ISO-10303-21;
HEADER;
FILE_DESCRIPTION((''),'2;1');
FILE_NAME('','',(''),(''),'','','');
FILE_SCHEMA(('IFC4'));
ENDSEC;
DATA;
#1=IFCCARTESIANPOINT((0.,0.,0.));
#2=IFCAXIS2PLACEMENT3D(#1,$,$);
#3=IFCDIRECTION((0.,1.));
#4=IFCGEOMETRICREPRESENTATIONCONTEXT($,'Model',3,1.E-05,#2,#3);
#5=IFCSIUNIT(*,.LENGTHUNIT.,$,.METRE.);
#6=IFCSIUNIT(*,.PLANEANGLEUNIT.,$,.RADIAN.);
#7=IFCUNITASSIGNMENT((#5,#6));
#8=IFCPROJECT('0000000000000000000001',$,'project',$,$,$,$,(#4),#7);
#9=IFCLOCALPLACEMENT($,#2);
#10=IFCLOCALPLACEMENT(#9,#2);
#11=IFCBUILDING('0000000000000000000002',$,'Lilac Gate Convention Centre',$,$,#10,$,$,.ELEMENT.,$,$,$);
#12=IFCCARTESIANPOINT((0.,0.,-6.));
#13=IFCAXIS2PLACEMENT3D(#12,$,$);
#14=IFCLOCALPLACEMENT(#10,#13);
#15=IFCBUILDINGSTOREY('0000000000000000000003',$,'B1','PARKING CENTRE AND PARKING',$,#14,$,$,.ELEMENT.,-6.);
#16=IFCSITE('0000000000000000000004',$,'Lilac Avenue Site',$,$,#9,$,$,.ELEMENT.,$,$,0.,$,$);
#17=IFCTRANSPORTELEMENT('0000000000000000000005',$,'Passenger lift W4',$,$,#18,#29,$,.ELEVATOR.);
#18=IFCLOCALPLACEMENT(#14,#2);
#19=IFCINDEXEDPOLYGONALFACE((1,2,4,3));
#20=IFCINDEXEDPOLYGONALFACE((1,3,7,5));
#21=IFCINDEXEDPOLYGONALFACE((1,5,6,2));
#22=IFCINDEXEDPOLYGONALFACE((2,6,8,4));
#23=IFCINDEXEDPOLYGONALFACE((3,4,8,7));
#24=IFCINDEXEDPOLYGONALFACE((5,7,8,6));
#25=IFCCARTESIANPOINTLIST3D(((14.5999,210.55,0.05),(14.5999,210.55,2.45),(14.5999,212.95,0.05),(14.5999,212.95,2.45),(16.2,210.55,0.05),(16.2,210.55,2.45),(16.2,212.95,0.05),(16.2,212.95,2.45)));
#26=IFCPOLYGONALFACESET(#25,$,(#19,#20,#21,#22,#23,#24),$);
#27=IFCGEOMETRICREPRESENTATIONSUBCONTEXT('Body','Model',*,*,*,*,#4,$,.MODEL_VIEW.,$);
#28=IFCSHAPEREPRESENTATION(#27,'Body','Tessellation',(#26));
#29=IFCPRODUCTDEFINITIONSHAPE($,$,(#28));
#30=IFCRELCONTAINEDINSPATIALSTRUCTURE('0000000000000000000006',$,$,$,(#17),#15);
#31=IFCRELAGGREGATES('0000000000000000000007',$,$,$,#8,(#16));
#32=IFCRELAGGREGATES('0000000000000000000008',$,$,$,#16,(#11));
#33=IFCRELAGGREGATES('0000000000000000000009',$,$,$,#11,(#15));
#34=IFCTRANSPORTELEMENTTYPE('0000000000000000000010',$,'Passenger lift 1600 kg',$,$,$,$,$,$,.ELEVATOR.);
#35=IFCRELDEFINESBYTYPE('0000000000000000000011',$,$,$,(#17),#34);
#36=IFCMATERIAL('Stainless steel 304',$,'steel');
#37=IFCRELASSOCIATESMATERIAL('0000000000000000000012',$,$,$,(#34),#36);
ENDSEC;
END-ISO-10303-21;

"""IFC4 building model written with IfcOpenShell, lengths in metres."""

from ifc_helpers import new_model, si_unit, direction, frame, origin, origin_2d, place, context, subcontext, project, spatial, rectangle, extrude, material, type_object, element, save


model = new_model("IFC4")

# Units and contexts
model_context = context("Model", 3, precision=1e-05, world=origin(), true_north=direction((0.0, 1.0)))
body_context = subcontext(model_context, "Body", "Model", "MODEL_VIEW")
ifc_project = project(units=[si_unit("LENGTHUNIT", "METRE"), si_unit("PLANEANGLEUNIT", "RADIAN")], contexts=[model_context])

# Site, building, storey
site_placement = place(None, origin())
site = spatial("IfcSite", under=ifc_project, at=site_placement, Name="Lilac Avenue Site", CompositionType="ELEMENT", RefElevation=0.0)
building_placement = place(site_placement, origin())
building = spatial("IfcBuilding", under=site, at=building_placement, Name="Lilac Gate Convention Centre", CompositionType="ELEMENT")
storey_placement = place(building_placement, frame((0.0, 0.0, -6.0)))
storey = spatial("IfcBuildingStorey", under=building, at=storey_placement, Name="B1", Description="PARKING CENTRE AND PARKING", CompositionType="ELEMENT", Elevation=-6.0)

# Transport element
ifc_material_1 = material(Name="Stainless steel 304", Category="steel")
transport_element_type = type_object("IfcTransportElementType", Name="Passenger lift 1600 kg", PredefinedType="ELEVATOR", material=ifc_material_1)
transport_element_placement = place(storey_placement, frame((15.3999, 211.75, 0.05), z_axis=(0.0, 0.0, 1.0), x_axis=(1.0, 0.0, 0.0)))
element("IfcTransportElement", 1, at=transport_element_placement, inside=storey, type_object=transport_element_type, Name="Passenger lift W4", PredefinedType="ELEVATOR", context=body_context, shape_type="SweptSolid", body=[
    extrude(rectangle(XDim=1.6001, YDim=2.3999, at=origin_2d()), origin(), (0.0, 0.0, 1.0), 2.3999),
])

save(model, "model.ifc")
